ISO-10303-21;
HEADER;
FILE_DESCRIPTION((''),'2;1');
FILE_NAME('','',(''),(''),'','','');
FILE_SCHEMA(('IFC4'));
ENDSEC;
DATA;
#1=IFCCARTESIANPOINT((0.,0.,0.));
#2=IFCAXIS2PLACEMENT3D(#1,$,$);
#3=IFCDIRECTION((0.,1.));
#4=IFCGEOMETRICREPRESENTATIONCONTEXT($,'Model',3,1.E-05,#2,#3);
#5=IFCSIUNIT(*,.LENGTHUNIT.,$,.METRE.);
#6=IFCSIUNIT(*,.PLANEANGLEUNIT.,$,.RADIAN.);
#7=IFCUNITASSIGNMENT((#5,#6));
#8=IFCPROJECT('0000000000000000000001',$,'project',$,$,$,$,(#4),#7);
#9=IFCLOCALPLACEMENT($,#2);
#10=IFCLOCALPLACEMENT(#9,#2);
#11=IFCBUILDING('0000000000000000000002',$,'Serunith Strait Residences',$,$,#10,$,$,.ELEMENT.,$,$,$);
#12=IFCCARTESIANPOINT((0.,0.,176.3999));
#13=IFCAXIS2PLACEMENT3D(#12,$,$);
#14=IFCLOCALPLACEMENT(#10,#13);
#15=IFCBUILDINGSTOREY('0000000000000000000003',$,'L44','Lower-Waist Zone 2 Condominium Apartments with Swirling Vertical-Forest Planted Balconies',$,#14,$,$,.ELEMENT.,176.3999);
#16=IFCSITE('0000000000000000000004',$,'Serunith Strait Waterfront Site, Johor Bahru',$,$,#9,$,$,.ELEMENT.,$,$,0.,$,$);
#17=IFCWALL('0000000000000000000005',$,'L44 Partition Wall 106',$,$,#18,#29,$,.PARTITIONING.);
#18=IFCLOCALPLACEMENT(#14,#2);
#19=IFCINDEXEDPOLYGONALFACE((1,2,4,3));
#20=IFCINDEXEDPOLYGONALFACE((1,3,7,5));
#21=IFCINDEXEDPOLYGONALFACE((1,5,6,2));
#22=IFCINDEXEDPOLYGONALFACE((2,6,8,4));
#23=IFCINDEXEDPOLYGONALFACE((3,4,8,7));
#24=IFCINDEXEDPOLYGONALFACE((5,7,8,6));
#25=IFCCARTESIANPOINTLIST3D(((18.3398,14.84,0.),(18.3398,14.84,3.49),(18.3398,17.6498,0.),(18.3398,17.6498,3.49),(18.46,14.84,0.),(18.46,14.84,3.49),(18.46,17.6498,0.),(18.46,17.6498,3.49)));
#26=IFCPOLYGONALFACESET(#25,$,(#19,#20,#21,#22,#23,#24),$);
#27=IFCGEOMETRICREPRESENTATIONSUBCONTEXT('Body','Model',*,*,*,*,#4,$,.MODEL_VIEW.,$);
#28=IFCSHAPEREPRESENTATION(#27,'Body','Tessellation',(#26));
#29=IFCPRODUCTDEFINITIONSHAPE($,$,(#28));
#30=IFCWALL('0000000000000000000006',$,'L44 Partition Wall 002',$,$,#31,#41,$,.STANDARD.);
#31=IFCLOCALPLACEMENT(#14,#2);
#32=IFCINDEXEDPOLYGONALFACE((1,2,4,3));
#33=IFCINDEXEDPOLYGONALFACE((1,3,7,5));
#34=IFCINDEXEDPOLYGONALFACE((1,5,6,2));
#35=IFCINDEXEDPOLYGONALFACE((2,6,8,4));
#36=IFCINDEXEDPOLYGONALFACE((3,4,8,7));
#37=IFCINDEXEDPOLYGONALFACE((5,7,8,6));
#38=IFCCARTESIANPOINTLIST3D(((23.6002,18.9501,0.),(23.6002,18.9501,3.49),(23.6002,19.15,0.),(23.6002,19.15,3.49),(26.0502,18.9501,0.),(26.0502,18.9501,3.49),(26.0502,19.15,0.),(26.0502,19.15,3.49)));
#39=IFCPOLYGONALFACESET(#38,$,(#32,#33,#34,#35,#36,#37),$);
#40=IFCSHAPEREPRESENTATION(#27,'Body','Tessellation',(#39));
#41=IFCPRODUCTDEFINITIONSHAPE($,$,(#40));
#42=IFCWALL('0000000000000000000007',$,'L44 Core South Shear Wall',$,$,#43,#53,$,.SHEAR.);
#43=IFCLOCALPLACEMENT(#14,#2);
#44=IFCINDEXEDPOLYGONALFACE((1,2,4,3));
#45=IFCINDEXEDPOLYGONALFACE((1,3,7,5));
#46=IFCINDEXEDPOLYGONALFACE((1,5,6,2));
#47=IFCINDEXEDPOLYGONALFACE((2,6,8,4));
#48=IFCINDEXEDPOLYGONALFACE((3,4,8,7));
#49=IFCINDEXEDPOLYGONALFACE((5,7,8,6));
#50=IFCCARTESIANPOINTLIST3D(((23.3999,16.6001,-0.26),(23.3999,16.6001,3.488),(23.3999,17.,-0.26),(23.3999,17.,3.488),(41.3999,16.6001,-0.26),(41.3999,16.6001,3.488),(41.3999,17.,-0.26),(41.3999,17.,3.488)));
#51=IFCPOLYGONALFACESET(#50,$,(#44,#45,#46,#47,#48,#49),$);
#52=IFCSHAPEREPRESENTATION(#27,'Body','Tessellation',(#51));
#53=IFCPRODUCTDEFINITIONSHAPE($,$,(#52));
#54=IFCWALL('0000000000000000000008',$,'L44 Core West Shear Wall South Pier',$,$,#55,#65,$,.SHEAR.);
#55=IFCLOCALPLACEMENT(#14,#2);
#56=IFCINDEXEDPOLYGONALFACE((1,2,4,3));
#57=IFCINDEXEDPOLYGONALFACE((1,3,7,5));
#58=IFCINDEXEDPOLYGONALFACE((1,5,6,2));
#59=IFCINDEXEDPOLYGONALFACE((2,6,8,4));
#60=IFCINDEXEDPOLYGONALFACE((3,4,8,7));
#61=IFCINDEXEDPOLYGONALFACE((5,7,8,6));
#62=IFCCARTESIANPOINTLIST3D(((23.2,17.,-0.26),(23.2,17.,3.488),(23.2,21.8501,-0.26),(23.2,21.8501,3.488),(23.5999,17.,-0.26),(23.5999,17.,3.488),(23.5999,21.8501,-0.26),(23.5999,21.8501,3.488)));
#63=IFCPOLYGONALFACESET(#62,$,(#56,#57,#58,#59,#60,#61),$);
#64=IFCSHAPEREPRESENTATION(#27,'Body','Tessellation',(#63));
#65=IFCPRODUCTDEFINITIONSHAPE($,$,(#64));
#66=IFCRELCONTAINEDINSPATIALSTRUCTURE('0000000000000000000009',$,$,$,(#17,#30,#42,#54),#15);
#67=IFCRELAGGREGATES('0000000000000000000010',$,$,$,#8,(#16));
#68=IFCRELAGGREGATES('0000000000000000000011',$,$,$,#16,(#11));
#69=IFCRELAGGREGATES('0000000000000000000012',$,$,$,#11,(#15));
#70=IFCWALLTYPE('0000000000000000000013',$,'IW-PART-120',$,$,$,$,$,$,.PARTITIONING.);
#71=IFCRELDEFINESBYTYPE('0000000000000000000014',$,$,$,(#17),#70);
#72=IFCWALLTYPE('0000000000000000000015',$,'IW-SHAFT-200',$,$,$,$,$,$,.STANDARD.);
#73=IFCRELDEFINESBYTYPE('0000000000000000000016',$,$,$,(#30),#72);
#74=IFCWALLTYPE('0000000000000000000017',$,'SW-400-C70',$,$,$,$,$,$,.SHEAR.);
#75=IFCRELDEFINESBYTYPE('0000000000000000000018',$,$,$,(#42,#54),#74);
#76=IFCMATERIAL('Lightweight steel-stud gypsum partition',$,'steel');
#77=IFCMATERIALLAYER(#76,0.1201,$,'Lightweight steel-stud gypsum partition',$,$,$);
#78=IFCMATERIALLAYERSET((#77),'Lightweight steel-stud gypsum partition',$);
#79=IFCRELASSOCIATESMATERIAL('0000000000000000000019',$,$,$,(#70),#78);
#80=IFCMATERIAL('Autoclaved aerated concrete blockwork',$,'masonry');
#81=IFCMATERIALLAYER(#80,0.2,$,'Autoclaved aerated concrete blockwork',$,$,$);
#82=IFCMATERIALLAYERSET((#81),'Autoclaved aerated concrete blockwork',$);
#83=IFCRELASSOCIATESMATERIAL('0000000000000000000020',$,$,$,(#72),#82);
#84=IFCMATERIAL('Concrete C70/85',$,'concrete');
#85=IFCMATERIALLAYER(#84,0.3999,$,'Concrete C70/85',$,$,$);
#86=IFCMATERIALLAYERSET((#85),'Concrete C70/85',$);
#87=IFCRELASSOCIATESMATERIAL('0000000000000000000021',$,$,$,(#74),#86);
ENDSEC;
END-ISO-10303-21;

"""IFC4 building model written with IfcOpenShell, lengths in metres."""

from ifc_helpers import new_model, si_unit, direction, frame, frame_2d, origin, place, context, subcontext, project, spatial, rectangle, extrude, material, layer, layer_set, type_object, element, save


model = new_model("IFC4")

# Units and contexts
model_context = context("Model", 3, precision=1e-05, world=origin(), true_north=direction((0.0, 1.0)))
body_context = subcontext(model_context, "Body", "Model", "MODEL_VIEW")
ifc_project = project(units=[si_unit("LENGTHUNIT", "METRE"), si_unit("PLANEANGLEUNIT", "RADIAN")], contexts=[model_context])

# Site, building, storey
site_placement = place(None, origin())
site = spatial("IfcSite", under=ifc_project, at=site_placement, Name="Serunith Strait Waterfront Site, Johor Bahru", CompositionType="ELEMENT", RefElevation=0.0)
building_placement = place(site_placement, origin())
building = spatial("IfcBuilding", under=site, at=building_placement, Name="Serunith Strait Residences", CompositionType="ELEMENT")
storey_placement = place(building_placement, frame((0.0, 0.0, 176.3999)))
storey = spatial("IfcBuildingStorey", under=building, at=storey_placement, Name="L44", Description="Lower-Waist Zone 2 Condominium Apartments with Swirling Vertical-Forest Planted Balconies", CompositionType="ELEMENT", Elevation=176.3999)

# Shared definitions
ifc_material_1 = material(Name="Lightweight steel-stud gypsum partition", Category="steel")
ifc_layer_1 = layer(ifc_material_1, 0.1201, Name="Lightweight steel-stud gypsum partition")
ifc_layer_set_1 = layer_set([ifc_layer_1], Name="Lightweight steel-stud gypsum partition")
wall_type_1 = type_object("IfcWallType", Name="IW-PART-120", PredefinedType="PARTITIONING", material=ifc_layer_set_1)

# Walls
wall_1_placement = place(storey_placement, frame((18.3999, 14.8401, 0.0), z_axis=(0.0, 0.0, 1.0), x_axis=(0.0, 1.0, 0.0)))
element("IfcWall", 1, at=wall_1_placement, inside=storey, type_object=wall_type_1, Name="L44 Partition Wall 106", PredefinedType="PARTITIONING", context=body_context, shape_type="SweptSolid", body=[
    extrude(rectangle(XDim=2.8098, YDim=0.1201, at=frame_2d((1.4048, 0.0))), origin(), (0.0, 0.0, 1.0), 3.49),
])
ifc_material_2 = material(Name="Autoclaved aerated concrete blockwork", Category="masonry")
ifc_layer_2 = layer(ifc_material_2, 0.2, Name="Autoclaved aerated concrete blockwork")
ifc_layer_set_2 = layer_set([ifc_layer_2], Name="Autoclaved aerated concrete blockwork")
wall_type_2 = type_object("IfcWallType", Name="IW-SHAFT-200", PredefinedType="STANDARD", material=ifc_layer_set_2)
wall_2_placement = place(storey_placement, frame((23.6001, 19.05, 0.0), z_axis=(0.0, 0.0, 1.0), x_axis=(1.0, 0.0, 0.0)))
element("IfcWall", 2, at=wall_2_placement, inside=storey, type_object=wall_type_2, Name="L44 Partition Wall 002", PredefinedType="STANDARD", context=body_context, shape_type="SweptSolid", body=[
    extrude(rectangle(XDim=2.45, YDim=0.2, at=frame_2d((1.2251, 0.0))), origin(), (0.0, 0.0, 1.0), 3.49),
])

# Walls
ifc_material_3 = material(Name="Concrete C70/85", Category="concrete")
ifc_layer_3 = layer(ifc_material_3, 0.3999, Name="Concrete C70/85")
ifc_layer_set_3 = layer_set([ifc_layer_3], Name="Concrete C70/85")
wall_type_3 = type_object("IfcWallType", Name="SW-400-C70", PredefinedType="SHEAR", material=ifc_layer_set_3)
wall_3_placement = place(storey_placement, frame((23.3999, 16.8, -0.26), z_axis=(0.0, 0.0, 1.0), x_axis=(1.0, 0.0, 0.0)))
element("IfcWall", 3, at=wall_3_placement, inside=storey, type_object=wall_type_3, Name="L44 Core South Shear Wall", PredefinedType="SHEAR", context=body_context, shape_type="SweptSolid", body=[
    extrude(rectangle(XDim=18.0, YDim=0.3999, at=frame_2d((9.0, 0.0))), origin(), (0.0, 0.0, 1.0), 3.748),
])
wall_4_placement = place(storey_placement, frame((23.3999, 17.0, -0.26), z_axis=(0.0, 0.0, 1.0), x_axis=(0.0, 1.0, 0.0)))
element("IfcWall", 4, at=wall_4_placement, inside=storey, type_object=wall_type_3, Name="L44 Core West Shear Wall South Pier", PredefinedType="SHEAR", context=body_context, shape_type="SweptSolid", body=[
    extrude(rectangle(XDim=4.8501, YDim=0.3999, at=frame_2d((2.425, 0.0))), origin(), (0.0, 0.0, 1.0), 3.748),
])

save(model, "model.ifc")
